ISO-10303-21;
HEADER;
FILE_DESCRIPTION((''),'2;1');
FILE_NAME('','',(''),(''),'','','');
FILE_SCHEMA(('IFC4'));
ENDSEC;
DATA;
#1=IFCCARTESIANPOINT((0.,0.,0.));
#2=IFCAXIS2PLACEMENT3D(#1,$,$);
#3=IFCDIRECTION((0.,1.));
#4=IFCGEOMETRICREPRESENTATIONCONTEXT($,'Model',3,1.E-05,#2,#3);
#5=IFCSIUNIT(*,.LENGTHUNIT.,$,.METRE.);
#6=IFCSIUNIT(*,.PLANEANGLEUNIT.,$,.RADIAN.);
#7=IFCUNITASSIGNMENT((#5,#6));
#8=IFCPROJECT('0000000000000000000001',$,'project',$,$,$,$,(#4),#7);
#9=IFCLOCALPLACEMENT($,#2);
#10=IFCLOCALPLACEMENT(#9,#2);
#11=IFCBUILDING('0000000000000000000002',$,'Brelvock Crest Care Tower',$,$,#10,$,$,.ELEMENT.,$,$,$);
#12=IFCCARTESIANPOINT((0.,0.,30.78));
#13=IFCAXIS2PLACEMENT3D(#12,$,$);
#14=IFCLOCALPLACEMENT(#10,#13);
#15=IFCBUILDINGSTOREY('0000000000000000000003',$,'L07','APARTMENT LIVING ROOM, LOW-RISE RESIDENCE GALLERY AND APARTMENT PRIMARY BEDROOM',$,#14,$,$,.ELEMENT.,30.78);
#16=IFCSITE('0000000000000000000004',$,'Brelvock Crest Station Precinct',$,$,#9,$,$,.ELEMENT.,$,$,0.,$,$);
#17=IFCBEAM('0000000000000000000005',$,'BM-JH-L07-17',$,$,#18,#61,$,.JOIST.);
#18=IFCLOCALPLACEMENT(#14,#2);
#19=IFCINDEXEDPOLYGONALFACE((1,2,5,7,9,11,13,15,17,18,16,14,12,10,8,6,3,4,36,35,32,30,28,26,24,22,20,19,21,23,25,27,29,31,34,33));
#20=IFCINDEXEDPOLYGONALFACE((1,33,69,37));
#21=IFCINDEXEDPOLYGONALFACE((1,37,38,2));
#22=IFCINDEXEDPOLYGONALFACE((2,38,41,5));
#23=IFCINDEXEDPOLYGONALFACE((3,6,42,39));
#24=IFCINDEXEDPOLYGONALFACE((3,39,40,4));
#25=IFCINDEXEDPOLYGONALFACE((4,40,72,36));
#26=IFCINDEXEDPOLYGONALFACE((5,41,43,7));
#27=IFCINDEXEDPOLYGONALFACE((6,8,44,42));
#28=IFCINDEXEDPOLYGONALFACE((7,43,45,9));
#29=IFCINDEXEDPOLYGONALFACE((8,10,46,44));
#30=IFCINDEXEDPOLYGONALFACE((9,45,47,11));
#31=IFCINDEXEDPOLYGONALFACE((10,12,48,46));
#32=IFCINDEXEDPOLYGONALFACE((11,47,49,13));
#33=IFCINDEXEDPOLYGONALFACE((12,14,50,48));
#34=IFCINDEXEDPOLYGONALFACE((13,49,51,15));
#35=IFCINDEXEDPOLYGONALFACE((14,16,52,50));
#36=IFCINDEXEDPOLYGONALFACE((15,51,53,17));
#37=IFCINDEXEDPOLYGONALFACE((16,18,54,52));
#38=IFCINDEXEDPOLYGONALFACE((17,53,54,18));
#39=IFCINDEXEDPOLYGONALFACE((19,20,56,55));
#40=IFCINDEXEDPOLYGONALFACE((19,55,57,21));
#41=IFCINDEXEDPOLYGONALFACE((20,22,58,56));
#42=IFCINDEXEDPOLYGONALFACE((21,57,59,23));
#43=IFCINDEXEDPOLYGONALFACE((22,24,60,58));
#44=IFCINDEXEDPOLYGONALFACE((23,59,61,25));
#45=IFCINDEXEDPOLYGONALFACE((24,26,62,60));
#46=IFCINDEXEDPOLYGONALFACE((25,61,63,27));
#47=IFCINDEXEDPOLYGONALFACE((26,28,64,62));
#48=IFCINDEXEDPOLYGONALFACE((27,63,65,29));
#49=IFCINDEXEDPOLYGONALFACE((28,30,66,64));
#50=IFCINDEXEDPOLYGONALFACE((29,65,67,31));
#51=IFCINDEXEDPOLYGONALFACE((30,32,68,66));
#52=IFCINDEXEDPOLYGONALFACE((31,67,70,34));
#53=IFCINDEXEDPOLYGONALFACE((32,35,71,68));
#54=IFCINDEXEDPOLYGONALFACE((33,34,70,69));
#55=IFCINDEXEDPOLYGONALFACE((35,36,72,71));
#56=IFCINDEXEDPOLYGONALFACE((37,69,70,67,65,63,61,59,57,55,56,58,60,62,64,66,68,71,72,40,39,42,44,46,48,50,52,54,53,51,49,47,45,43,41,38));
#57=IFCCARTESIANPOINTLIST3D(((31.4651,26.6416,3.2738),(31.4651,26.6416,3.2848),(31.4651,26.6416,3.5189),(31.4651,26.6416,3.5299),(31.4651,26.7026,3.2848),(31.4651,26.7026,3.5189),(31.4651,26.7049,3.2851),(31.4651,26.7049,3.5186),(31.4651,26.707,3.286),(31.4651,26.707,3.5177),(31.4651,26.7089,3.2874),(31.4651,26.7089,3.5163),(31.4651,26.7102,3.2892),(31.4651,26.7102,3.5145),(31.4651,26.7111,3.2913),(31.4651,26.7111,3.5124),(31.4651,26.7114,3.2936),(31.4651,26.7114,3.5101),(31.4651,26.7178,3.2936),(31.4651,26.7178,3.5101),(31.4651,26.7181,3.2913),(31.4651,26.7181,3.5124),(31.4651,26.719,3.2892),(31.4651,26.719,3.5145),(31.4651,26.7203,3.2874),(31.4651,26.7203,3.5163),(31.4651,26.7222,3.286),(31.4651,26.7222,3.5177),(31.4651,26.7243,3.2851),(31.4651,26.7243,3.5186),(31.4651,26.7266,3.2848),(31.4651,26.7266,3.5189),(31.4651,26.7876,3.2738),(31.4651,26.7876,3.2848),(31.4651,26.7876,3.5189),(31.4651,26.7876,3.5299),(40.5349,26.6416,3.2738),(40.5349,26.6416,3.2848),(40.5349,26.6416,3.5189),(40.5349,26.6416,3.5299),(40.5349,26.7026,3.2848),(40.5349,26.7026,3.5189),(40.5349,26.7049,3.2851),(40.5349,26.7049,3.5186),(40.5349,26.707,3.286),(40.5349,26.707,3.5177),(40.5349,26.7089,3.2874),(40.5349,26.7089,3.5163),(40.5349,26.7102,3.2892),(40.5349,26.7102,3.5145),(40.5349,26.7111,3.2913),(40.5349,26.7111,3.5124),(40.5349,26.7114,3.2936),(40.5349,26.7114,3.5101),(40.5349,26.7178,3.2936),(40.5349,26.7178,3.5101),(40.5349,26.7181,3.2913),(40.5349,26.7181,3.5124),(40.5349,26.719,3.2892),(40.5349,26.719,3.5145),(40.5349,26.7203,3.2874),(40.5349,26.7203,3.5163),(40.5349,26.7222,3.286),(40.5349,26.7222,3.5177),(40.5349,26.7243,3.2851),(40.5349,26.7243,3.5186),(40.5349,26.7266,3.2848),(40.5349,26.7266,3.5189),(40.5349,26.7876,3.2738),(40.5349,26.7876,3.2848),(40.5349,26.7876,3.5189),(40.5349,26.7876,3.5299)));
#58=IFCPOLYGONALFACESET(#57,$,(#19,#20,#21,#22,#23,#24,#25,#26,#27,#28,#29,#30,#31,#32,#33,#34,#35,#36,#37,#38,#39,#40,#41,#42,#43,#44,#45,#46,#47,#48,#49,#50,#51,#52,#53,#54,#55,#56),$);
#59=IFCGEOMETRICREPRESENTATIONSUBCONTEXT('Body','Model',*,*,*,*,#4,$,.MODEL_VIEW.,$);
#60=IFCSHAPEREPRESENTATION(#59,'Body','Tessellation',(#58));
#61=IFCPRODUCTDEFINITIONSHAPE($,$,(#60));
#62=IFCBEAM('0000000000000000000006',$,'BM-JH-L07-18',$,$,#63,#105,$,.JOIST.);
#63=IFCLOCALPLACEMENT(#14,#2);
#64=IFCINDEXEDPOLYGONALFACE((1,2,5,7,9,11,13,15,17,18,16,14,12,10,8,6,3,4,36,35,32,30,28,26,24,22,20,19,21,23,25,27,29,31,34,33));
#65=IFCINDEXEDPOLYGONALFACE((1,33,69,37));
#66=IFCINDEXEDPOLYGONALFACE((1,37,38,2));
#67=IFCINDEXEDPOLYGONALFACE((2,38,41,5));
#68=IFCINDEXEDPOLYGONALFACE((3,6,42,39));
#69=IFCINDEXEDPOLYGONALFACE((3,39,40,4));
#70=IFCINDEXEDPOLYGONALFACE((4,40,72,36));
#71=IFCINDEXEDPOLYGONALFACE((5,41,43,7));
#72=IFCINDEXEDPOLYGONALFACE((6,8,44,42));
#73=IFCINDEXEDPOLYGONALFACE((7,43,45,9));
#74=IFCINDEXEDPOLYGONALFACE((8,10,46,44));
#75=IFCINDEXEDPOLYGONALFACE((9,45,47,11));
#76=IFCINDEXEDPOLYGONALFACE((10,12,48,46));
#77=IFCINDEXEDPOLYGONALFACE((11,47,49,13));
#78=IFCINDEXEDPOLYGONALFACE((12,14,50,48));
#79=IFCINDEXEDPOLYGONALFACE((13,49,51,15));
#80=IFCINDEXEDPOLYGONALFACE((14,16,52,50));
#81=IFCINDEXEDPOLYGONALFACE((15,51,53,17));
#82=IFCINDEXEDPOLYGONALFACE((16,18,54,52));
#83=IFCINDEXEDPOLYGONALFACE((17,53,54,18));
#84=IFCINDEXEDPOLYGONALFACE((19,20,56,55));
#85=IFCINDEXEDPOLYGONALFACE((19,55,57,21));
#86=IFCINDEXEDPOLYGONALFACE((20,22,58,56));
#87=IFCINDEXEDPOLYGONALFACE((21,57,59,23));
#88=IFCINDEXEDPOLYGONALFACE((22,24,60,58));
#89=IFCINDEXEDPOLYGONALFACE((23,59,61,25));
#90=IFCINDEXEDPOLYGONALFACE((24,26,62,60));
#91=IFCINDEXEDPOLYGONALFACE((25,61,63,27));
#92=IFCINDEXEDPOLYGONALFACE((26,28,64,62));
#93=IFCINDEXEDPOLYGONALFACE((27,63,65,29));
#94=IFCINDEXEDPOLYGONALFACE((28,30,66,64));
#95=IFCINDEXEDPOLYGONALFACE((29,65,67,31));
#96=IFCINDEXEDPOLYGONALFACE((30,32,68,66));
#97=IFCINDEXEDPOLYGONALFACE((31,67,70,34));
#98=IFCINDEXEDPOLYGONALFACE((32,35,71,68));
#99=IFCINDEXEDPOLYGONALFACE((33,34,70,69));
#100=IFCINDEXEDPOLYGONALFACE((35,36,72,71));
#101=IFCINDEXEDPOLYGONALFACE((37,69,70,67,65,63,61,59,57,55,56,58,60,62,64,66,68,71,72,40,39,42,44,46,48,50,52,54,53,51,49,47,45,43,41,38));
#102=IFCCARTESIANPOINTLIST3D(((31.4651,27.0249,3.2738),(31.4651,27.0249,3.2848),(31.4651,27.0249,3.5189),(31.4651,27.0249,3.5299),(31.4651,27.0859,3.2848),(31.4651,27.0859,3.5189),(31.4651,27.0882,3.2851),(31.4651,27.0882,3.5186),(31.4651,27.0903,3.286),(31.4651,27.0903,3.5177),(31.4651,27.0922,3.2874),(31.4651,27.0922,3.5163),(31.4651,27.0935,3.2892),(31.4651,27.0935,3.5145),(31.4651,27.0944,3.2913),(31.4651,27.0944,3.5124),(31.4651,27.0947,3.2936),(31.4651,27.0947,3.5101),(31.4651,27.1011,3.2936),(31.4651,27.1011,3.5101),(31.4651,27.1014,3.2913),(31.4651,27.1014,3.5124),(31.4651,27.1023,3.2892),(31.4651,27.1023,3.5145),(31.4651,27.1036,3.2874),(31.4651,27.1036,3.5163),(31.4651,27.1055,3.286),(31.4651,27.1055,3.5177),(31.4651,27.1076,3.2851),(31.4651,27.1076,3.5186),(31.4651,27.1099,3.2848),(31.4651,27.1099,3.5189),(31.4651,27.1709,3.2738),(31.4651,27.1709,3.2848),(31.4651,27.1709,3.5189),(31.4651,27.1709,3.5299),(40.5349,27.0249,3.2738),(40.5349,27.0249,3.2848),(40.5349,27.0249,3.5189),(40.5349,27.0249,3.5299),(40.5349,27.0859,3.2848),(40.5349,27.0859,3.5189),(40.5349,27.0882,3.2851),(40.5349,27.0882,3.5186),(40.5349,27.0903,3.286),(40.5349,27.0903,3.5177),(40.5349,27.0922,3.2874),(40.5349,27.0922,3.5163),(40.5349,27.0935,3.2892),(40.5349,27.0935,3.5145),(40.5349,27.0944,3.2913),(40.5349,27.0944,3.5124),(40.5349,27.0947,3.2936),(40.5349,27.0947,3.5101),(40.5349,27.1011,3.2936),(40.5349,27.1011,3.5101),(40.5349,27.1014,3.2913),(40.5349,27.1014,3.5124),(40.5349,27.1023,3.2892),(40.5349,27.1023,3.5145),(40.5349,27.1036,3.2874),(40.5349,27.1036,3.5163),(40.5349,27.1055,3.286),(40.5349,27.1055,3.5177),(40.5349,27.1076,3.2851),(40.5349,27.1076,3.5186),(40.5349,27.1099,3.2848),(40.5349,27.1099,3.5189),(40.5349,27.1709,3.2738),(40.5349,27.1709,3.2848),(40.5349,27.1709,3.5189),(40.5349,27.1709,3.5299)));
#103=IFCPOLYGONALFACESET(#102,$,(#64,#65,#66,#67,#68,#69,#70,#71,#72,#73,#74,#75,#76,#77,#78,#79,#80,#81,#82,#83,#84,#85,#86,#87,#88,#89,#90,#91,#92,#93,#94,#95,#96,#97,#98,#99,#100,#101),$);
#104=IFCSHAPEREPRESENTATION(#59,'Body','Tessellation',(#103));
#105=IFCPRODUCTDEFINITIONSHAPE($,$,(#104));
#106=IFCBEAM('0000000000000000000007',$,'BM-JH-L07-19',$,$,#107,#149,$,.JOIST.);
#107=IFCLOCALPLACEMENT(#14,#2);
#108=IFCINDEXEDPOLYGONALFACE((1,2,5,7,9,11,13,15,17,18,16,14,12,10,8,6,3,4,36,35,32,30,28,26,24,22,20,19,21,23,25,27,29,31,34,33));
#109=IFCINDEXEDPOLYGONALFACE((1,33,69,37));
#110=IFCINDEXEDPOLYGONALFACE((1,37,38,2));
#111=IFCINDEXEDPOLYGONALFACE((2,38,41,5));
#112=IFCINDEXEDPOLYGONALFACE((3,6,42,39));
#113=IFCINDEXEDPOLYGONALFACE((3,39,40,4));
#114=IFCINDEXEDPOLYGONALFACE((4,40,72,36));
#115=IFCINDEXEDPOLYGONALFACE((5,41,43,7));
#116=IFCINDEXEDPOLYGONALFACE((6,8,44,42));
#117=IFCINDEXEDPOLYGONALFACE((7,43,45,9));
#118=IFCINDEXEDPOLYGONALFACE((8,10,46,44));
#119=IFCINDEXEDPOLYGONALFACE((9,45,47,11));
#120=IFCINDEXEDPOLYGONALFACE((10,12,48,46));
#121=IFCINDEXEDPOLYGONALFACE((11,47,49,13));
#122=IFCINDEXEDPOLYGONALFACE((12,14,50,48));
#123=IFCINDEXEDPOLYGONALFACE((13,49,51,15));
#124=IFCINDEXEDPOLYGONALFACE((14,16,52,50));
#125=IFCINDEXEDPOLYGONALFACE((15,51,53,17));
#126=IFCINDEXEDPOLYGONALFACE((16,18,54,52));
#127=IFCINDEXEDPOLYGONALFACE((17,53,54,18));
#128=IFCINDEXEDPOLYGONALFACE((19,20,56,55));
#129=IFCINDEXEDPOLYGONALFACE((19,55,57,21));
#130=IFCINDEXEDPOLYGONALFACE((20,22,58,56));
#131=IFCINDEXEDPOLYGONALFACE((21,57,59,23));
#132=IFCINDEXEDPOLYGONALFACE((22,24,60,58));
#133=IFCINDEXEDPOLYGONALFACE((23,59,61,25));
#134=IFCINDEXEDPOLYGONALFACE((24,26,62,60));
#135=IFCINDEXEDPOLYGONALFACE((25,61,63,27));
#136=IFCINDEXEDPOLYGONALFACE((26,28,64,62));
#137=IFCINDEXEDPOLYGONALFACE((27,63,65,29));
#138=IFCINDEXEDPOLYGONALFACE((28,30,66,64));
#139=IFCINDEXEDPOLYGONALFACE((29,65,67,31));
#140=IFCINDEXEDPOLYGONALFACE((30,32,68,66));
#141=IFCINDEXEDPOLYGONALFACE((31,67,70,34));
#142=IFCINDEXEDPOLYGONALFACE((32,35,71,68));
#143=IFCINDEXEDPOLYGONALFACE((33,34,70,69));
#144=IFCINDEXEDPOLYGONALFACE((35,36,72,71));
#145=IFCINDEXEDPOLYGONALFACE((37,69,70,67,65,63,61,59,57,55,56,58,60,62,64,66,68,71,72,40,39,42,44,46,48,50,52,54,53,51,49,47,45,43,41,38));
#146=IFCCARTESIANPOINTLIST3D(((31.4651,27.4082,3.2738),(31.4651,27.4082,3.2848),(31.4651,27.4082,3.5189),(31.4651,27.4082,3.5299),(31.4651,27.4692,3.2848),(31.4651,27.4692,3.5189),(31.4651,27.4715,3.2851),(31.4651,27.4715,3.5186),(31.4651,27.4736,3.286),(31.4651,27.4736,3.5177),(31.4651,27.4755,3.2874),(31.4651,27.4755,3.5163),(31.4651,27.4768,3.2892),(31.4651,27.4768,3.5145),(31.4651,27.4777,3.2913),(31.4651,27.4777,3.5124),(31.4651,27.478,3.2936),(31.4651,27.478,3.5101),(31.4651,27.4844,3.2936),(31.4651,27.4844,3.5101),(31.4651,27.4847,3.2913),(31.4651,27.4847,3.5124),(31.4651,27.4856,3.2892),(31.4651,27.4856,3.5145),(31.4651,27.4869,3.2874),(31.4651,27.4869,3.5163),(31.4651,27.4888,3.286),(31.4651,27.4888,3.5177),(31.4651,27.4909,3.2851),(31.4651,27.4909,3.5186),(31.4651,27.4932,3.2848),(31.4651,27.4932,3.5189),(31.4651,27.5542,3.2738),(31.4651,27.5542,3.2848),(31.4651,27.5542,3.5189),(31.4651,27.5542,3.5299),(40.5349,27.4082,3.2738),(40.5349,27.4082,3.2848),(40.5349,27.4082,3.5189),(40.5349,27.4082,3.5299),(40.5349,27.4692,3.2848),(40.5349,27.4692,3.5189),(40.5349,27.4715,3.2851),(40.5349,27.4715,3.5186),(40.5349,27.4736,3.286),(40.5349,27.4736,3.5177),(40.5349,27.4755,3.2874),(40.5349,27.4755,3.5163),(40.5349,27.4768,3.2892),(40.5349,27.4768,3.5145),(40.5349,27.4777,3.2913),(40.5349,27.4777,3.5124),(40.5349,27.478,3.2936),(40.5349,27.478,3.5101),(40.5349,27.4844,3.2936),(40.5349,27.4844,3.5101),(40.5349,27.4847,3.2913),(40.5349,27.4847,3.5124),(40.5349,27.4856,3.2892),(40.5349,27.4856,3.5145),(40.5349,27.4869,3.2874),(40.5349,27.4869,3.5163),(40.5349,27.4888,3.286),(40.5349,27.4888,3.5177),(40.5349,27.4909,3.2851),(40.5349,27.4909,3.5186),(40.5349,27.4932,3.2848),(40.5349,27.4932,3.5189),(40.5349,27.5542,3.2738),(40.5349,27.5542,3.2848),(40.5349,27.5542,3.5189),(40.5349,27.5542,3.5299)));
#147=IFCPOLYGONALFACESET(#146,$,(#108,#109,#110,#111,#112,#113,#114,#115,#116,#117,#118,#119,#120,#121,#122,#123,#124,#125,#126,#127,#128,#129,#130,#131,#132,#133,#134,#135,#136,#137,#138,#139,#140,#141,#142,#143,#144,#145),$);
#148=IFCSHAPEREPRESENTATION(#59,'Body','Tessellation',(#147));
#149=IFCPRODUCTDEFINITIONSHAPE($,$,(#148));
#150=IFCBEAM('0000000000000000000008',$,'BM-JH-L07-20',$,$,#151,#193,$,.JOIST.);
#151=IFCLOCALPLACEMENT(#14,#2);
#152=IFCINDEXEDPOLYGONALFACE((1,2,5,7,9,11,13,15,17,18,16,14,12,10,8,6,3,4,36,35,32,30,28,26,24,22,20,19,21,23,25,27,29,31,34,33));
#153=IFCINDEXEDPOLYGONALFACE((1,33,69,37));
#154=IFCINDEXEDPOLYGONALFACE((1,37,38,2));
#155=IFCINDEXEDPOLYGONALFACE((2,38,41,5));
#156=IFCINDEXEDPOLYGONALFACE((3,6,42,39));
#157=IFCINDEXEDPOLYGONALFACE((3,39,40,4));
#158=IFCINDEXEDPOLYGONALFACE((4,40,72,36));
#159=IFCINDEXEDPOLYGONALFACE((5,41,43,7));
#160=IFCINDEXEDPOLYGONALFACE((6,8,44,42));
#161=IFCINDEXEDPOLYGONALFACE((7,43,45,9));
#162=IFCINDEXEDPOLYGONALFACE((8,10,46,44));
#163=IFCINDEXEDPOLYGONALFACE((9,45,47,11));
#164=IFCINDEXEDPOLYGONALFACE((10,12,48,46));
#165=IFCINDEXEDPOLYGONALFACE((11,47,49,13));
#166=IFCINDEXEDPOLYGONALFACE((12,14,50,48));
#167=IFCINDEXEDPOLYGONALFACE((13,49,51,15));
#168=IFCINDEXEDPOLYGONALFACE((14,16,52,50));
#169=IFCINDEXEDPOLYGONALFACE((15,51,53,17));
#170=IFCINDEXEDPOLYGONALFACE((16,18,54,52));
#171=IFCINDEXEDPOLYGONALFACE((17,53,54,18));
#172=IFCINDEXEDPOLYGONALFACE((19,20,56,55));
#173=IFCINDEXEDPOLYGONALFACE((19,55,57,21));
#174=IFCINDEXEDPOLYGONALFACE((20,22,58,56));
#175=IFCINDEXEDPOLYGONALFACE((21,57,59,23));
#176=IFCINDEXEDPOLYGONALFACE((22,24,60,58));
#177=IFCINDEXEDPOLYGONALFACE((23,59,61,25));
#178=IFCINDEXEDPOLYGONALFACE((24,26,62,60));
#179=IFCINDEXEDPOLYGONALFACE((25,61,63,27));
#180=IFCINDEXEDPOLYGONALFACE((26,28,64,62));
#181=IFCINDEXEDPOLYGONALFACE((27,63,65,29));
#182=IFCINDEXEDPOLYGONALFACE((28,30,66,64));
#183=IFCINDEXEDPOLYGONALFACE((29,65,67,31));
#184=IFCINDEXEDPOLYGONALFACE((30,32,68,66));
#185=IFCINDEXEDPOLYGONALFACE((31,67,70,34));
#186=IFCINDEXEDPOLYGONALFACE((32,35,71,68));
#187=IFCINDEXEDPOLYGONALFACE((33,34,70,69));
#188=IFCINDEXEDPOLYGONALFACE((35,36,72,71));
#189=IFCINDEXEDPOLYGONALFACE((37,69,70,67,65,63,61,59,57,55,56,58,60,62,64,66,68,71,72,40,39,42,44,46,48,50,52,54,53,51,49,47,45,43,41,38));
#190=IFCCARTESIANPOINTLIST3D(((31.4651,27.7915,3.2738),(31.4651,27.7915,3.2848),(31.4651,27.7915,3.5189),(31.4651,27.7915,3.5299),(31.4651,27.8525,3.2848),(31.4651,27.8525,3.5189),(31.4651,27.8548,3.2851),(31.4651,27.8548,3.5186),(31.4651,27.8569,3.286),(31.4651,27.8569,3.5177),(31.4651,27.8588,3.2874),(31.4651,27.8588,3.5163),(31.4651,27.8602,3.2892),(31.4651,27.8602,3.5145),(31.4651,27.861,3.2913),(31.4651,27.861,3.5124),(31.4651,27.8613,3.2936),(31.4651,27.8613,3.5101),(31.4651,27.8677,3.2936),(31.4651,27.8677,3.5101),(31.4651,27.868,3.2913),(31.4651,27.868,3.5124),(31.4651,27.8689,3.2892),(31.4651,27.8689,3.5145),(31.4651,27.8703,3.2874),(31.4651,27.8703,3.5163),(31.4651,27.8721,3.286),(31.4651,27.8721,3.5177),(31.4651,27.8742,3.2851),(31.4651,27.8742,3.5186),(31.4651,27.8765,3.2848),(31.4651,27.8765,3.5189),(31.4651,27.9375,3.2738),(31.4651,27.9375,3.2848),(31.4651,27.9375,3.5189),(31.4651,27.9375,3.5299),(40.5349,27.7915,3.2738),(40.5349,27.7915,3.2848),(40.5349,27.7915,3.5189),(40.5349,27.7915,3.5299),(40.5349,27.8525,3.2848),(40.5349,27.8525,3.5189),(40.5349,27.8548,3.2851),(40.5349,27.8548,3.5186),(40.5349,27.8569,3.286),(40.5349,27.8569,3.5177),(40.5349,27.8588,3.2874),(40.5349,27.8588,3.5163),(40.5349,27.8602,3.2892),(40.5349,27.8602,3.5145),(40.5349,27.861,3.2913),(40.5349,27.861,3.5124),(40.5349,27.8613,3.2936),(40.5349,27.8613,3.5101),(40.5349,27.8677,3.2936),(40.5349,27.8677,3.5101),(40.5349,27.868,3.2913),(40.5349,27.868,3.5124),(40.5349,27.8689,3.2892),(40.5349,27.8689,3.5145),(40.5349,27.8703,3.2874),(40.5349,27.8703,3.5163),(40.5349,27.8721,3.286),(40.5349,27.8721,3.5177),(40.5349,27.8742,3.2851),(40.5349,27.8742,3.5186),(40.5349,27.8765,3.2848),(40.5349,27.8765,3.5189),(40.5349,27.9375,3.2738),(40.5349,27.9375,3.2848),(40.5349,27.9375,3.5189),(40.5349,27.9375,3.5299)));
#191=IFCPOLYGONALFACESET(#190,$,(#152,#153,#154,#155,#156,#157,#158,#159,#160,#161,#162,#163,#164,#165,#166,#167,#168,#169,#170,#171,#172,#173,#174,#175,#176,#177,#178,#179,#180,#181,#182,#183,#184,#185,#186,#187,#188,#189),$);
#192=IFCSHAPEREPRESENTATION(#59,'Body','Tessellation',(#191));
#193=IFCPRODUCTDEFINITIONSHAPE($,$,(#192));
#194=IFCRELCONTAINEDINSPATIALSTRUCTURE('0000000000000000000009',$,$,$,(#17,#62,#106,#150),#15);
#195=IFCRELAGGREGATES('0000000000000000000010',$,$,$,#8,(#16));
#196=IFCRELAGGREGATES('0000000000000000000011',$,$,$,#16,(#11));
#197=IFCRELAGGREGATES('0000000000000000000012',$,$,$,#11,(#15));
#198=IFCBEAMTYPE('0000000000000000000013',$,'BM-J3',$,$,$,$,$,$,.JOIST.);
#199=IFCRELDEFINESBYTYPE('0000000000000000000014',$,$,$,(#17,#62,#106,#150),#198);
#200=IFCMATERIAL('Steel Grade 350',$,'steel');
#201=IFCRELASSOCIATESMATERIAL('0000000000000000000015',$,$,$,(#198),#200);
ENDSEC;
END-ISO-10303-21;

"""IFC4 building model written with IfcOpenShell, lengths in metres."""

from ifc_helpers import new_model, si_unit, direction, frame, origin, origin_2d, place, context, subcontext, project, spatial, i_section, extrude, source, transform, mapped, material, material_profile, profile_set, type_object, element, save


model = new_model("IFC4")

# Units and contexts
model_context = context("Model", 3, precision=1e-05, world=origin(), true_north=direction((0.0, 1.0)))
body_context = subcontext(model_context, "Body", "Model", "MODEL_VIEW")
ifc_project = project(units=[si_unit("LENGTHUNIT", "METRE"), si_unit("PLANEANGLEUNIT", "RADIAN")], contexts=[model_context])

# Site, building, storey
site_placement = place(None, origin())
site = spatial("IfcSite", under=ifc_project, at=site_placement, Name="Brelvock Crest Station Precinct", CompositionType="ELEMENT", RefElevation=0.0)
building_placement = place(site_placement, origin())
building = spatial("IfcBuilding", under=site, at=building_placement, Name="Brelvock Crest Care Tower", CompositionType="ELEMENT")
storey_placement = place(building_placement, frame((0.0, 0.0, 30.78)))
storey = spatial("IfcBuildingStorey", under=building, at=storey_placement, Name="L07", Description="APARTMENT LIVING ROOM, LOW-RISE RESIDENCE GALLERY AND APARTMENT PRIMARY BEDROOM", CompositionType="ELEMENT", Elevation=30.78)

# Beams
ifc_material_1 = material(Name="Steel Grade 350", Category="steel")
ifc_material_profile = material_profile(ifc_material_1, i_section(OverallWidth=0.146, OverallDepth=0.2561, WebThickness=0.0063, FlangeThickness=0.011, FilletRadius=0.0088, at=origin_2d()), Name="250UB37.3")
ifc_profile_set = profile_set([ifc_material_profile], Name="Steel Grade 350")
beam_type = type_object("IfcBeamType", Name="BM-J3", PredefinedType="JOIST", material=ifc_profile_set)
shared_shape_1 = source(origin(), body_context, "Body", "SweptSolid", [
    extrude(i_section(OverallWidth=0.146, OverallDepth=0.2561, WebThickness=0.0063, FlangeThickness=0.011, FilletRadius=0.0088, at=origin_2d()), origin(), (0.0, 0.0, 1.0), 9.0698),
])
for number, where, z_axis, x_axis, name in (
    (1, (31.4651, 26.7146, 3.4019), (1.0, 0.0, 0.0), (0.0, 1.0, 0.0), "BM-JH-L07-17"),
    (2, (31.4651, 27.0979, 3.4019), (1.0, 0.0, 0.0), (0.0, 1.0, 0.0), "BM-JH-L07-18"),
    (3, (31.4651, 27.4812, 3.4019), (1.0, 0.0, 0.0), (0.0, 1.0, 0.0), "BM-JH-L07-19"),
    (4, (31.4651, 27.8645, 3.4019), (1.0, 0.0, 0.0), (0.0, 1.0, 0.0), "BM-JH-L07-20"),
):
    element("IfcBeam", number, at=place(storey_placement, frame(where, z_axis=z_axis, x_axis=x_axis)), inside=storey, type_object=beam_type, Name=name, PredefinedType="JOIST", context=body_context, shape_type="MappedRepresentation", body=[
        mapped(shared_shape_1, transform((0.0, 0.0, 0.0), x_axis=(1.0, 0.0, 0.0), y_axis=(0.0, 1.0, 0.0), z_axis=(0.0, 0.0, 1.0), scale=1.0)),
    ])

save(model, "model.ifc")
